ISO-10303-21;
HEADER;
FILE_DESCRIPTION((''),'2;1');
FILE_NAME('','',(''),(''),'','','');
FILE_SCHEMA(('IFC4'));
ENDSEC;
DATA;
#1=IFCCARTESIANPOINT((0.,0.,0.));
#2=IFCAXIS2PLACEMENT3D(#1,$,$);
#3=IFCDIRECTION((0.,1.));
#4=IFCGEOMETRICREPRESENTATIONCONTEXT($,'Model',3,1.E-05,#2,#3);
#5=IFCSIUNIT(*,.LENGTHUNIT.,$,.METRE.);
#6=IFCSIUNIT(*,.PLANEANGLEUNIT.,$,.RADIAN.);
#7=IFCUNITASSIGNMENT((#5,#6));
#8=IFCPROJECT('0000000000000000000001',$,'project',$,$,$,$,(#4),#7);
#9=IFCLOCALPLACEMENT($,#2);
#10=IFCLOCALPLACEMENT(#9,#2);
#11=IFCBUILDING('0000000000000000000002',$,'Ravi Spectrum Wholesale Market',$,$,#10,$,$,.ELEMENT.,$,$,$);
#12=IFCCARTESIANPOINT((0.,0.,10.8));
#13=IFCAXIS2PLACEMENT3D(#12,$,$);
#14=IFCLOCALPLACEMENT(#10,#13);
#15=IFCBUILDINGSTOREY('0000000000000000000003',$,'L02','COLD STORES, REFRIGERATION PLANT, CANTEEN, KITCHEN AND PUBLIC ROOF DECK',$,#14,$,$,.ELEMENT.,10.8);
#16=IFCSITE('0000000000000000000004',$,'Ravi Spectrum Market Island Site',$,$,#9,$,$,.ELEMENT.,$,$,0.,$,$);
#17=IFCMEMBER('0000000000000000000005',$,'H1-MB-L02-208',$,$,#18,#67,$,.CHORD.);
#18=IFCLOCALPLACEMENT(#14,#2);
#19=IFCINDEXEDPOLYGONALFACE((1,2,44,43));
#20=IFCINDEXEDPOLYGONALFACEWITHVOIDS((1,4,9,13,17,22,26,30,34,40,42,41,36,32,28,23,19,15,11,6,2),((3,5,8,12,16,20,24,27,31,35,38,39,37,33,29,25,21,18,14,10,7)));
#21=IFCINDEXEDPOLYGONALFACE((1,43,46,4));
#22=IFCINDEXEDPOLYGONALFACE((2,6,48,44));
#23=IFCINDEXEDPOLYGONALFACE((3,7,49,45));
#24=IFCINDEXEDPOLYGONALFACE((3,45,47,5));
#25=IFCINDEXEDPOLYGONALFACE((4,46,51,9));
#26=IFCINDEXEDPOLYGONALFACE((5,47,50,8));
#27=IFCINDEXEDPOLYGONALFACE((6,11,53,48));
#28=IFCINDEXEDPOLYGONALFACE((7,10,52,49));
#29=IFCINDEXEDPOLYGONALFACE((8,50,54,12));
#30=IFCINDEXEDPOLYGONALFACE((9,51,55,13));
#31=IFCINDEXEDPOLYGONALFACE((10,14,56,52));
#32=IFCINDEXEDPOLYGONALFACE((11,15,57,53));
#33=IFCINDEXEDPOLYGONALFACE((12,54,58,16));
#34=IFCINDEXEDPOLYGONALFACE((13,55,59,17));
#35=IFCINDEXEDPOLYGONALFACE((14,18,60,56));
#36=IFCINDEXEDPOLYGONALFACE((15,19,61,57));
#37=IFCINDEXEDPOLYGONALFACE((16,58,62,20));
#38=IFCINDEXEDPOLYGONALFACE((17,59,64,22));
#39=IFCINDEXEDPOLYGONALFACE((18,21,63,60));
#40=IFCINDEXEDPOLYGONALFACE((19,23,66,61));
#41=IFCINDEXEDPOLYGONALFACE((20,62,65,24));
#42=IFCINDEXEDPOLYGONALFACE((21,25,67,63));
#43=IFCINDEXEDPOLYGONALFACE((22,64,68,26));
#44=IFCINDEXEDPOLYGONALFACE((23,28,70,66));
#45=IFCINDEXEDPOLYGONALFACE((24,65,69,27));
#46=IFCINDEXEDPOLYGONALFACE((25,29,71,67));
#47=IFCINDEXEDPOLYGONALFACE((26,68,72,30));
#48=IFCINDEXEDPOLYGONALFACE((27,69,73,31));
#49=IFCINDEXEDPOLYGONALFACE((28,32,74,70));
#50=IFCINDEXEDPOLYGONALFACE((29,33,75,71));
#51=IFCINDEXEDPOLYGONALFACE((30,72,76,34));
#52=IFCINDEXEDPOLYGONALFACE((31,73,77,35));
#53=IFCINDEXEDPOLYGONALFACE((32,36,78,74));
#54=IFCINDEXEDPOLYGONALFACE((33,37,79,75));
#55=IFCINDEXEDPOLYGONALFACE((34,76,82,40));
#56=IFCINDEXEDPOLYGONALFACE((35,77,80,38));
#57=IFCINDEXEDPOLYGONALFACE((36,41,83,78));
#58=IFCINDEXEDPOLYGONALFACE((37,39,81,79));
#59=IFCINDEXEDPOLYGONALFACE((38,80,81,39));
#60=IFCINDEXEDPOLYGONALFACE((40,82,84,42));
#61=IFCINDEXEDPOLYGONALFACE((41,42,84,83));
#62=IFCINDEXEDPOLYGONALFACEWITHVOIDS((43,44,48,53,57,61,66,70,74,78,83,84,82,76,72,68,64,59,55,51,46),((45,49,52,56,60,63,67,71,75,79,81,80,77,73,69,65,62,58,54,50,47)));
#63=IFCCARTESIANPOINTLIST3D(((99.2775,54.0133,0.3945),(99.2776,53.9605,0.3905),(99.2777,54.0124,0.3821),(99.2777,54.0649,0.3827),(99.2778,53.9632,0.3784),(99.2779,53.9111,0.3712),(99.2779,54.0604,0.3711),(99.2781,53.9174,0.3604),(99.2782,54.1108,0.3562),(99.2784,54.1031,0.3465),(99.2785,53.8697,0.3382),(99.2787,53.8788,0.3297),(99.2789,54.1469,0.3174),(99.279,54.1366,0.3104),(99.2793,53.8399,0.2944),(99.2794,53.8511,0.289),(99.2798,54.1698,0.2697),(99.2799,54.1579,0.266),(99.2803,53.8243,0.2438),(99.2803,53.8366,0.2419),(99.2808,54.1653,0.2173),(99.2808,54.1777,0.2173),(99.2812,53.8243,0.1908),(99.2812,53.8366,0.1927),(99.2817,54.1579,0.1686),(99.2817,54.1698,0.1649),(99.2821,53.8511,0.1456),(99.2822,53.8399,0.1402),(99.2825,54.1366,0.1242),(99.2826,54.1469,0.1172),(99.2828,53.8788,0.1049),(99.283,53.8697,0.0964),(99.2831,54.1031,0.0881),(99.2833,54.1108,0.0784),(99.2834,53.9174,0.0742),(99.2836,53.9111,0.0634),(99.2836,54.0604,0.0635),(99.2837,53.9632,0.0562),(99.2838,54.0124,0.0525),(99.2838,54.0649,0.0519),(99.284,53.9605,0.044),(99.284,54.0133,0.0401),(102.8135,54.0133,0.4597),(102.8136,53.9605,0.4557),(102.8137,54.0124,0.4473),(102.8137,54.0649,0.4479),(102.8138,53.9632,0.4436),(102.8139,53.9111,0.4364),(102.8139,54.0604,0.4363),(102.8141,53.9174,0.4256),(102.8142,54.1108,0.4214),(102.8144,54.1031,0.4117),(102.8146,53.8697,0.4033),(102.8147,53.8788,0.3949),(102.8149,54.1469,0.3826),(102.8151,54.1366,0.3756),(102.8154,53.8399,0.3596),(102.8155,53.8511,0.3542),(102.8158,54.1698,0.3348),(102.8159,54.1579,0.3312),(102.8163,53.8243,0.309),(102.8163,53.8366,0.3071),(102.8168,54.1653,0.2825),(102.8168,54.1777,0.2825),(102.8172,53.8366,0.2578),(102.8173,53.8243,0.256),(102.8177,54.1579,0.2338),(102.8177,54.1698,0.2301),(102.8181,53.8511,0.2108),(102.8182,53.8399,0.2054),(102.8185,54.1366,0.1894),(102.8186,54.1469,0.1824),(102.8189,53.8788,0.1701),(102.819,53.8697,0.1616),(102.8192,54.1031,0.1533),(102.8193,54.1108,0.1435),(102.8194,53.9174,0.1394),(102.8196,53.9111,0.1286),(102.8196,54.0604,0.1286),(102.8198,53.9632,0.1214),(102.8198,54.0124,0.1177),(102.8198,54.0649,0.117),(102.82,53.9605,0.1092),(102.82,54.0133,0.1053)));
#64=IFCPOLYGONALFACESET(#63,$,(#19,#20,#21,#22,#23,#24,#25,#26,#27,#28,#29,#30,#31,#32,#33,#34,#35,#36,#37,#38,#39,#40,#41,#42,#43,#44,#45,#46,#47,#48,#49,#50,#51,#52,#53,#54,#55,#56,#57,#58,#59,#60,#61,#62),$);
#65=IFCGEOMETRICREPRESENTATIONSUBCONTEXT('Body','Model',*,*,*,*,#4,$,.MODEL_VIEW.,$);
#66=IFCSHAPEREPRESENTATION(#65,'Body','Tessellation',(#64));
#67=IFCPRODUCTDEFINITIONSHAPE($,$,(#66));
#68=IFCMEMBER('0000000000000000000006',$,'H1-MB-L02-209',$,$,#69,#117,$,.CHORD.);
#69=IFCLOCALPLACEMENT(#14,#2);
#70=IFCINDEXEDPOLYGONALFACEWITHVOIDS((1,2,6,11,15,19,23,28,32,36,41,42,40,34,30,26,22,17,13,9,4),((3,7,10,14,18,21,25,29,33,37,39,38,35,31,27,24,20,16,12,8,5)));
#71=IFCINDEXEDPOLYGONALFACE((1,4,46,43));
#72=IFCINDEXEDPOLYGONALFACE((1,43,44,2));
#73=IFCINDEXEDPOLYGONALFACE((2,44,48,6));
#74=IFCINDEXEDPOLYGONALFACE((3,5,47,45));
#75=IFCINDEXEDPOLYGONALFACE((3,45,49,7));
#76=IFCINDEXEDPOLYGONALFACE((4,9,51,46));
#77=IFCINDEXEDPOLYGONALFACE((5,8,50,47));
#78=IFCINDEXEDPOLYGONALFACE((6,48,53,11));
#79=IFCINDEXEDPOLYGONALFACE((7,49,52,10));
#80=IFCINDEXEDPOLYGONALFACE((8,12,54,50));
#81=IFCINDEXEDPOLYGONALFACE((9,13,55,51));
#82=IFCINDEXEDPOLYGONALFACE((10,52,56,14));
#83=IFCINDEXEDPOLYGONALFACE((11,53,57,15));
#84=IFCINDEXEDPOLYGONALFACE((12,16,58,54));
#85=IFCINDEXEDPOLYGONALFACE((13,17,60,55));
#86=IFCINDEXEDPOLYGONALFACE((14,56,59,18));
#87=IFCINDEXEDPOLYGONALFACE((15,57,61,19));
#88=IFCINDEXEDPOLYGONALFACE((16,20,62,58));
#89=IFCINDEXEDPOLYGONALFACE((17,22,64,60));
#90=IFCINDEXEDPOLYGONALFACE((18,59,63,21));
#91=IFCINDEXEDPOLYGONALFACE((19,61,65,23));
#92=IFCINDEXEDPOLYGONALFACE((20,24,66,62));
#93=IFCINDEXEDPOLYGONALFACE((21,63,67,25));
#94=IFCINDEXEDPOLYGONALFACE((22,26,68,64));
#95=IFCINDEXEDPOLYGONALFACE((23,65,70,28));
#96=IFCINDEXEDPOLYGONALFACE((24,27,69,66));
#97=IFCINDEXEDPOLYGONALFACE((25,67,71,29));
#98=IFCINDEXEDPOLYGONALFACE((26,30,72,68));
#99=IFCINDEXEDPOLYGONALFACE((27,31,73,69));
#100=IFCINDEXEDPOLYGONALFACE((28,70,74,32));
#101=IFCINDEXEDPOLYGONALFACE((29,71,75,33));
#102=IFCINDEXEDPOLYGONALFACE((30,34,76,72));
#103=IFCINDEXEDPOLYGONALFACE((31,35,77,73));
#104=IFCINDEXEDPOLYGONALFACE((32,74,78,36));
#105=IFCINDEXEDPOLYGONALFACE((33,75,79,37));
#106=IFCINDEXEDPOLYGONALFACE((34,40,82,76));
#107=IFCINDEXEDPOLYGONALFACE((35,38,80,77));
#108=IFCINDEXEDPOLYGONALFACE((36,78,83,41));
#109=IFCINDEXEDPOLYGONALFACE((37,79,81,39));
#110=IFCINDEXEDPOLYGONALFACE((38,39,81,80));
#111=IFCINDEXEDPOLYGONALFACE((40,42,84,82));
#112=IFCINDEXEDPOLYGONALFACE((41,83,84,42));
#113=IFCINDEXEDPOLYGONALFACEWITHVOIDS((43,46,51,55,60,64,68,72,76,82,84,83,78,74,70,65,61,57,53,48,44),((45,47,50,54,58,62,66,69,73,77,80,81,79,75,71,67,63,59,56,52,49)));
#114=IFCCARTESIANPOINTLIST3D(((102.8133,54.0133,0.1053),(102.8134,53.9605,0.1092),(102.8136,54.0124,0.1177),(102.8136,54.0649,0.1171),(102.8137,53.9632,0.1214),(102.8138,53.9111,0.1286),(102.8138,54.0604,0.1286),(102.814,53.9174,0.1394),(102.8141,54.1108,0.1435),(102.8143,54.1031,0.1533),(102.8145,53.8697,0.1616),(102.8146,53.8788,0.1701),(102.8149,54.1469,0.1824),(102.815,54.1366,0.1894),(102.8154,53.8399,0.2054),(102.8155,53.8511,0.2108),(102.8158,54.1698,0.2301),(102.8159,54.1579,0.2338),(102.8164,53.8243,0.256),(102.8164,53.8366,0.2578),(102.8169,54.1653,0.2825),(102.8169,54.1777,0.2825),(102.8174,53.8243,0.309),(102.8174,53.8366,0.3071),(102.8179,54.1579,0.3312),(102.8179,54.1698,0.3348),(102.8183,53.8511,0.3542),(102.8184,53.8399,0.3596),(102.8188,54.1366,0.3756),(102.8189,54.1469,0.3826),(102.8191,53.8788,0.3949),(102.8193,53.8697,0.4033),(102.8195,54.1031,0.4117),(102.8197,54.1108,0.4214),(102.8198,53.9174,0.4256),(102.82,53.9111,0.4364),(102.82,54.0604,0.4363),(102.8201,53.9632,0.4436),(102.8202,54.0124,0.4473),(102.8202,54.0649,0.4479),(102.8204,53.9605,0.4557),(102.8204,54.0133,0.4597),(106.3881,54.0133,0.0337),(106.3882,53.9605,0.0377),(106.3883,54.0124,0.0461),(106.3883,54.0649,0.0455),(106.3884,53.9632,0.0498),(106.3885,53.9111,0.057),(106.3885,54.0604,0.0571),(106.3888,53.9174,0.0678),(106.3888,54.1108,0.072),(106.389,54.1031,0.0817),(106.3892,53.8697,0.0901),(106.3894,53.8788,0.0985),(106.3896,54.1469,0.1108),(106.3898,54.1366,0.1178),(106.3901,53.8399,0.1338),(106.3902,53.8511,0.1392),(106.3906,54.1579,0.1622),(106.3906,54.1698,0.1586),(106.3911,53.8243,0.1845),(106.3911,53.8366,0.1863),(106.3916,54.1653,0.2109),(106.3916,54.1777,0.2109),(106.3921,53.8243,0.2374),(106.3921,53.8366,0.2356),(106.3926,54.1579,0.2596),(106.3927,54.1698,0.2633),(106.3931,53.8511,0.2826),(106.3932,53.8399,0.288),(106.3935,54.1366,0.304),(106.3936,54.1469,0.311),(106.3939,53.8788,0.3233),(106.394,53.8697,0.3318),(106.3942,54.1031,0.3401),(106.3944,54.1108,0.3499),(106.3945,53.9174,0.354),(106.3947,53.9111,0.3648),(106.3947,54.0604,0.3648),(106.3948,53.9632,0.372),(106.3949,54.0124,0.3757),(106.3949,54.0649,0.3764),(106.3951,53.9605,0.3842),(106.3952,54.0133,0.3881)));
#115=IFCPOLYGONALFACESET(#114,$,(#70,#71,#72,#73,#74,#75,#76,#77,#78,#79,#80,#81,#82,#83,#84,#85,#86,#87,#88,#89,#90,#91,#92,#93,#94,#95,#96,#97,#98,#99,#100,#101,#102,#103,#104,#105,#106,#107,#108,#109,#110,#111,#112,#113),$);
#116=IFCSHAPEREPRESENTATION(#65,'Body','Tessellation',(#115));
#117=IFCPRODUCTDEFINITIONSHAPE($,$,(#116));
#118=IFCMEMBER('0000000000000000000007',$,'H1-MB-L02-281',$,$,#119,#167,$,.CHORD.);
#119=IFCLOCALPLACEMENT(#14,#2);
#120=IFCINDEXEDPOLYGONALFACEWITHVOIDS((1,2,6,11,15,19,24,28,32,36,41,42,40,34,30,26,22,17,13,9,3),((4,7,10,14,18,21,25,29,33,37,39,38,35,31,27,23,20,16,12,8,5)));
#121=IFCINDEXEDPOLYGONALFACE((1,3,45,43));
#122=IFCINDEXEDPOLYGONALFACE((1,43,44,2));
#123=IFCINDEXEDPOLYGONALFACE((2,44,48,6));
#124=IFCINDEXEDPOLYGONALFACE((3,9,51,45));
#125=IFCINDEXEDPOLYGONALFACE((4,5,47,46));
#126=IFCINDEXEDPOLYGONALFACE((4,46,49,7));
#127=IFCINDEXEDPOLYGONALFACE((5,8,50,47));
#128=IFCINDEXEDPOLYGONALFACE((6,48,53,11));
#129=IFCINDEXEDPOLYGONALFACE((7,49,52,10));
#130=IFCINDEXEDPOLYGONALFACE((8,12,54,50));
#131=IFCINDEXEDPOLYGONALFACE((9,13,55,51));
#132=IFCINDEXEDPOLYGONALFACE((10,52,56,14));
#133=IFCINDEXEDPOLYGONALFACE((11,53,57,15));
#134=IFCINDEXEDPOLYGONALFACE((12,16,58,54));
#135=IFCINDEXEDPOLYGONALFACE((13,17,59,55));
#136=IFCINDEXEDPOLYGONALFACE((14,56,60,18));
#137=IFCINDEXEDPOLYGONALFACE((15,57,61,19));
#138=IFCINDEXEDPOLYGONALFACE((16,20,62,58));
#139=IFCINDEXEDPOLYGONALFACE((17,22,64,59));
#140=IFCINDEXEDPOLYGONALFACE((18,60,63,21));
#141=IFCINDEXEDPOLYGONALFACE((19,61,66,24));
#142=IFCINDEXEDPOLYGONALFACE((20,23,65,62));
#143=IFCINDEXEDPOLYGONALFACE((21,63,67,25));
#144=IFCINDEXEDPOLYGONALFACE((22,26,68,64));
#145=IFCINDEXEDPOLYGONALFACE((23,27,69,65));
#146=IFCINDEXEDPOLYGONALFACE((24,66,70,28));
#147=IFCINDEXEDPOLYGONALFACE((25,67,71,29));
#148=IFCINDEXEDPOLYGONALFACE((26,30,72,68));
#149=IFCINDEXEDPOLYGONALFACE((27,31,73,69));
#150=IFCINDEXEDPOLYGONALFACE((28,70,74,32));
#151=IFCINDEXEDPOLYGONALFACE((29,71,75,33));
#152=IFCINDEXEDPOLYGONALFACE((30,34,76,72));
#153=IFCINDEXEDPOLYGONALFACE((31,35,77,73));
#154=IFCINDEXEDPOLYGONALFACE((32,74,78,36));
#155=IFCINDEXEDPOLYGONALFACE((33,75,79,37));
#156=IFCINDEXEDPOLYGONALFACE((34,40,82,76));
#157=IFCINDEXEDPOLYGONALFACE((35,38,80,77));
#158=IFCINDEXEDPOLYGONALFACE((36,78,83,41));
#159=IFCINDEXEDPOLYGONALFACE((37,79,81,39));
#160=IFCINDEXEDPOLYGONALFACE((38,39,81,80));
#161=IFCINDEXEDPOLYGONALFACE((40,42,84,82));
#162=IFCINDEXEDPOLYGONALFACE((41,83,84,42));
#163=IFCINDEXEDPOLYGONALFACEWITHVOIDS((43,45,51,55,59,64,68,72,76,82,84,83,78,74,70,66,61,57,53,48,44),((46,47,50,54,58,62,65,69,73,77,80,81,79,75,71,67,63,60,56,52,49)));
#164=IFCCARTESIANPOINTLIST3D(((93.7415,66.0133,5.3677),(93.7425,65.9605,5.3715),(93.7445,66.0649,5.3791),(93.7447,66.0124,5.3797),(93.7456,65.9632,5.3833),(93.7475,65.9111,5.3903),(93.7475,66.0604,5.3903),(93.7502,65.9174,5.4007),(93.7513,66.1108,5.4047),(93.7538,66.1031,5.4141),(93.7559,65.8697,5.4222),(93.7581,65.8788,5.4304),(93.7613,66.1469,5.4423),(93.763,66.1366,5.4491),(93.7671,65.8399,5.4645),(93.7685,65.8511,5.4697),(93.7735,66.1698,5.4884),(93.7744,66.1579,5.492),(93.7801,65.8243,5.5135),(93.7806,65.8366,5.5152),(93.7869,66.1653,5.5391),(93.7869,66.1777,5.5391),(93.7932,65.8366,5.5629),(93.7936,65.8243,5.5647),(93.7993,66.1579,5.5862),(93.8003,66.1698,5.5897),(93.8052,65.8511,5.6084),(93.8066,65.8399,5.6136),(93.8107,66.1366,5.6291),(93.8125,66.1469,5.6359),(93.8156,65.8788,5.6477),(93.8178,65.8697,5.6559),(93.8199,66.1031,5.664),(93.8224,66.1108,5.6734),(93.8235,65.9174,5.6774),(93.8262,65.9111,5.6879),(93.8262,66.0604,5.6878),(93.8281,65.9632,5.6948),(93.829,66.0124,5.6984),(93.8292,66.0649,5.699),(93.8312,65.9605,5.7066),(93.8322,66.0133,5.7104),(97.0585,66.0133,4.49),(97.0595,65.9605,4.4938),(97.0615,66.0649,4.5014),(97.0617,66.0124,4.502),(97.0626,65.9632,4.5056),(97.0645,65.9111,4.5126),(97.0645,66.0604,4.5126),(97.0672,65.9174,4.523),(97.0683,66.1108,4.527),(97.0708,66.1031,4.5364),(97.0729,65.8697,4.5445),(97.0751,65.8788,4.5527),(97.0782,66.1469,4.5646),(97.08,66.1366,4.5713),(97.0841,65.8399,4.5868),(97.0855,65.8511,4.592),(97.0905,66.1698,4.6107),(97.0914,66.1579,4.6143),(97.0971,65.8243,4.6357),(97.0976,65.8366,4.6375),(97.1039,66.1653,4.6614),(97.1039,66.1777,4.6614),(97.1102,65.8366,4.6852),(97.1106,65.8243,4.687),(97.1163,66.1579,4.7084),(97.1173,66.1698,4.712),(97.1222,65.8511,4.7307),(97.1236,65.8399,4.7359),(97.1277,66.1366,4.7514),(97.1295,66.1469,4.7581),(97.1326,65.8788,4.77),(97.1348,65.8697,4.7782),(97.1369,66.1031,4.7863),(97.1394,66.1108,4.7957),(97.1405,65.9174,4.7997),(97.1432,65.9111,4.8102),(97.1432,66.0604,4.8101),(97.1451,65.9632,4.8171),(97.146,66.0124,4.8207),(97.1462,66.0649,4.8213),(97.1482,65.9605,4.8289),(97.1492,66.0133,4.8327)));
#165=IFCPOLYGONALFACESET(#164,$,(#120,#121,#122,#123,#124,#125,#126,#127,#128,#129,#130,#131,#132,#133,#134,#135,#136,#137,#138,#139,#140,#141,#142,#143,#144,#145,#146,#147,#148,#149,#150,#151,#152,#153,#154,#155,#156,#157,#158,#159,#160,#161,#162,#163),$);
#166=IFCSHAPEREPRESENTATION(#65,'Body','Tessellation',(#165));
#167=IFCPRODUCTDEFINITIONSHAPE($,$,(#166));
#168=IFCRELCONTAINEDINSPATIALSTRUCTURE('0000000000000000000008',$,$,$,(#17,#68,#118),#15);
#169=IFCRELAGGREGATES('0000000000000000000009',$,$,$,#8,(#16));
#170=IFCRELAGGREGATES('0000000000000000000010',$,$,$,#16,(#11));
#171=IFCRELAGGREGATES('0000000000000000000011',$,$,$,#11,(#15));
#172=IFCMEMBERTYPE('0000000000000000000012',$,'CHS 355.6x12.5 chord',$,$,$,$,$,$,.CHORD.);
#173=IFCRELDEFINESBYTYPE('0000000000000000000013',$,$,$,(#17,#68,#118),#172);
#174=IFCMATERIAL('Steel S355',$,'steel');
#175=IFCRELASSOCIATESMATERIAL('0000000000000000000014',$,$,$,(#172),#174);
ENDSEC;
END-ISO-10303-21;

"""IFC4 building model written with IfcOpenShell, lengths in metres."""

from ifc_helpers import new_model, si_unit, direction, frame, origin, origin_2d, place, context, subcontext, project, spatial, hollow_circle, extrude, material, material_profile, profile_set, type_object, element, save


model = new_model("IFC4")

# Units and contexts
model_context = context("Model", 3, precision=1e-05, world=origin(), true_north=direction((0.0, 1.0)))
body_context = subcontext(model_context, "Body", "Model", "MODEL_VIEW")
ifc_project = project(units=[si_unit("LENGTHUNIT", "METRE"), si_unit("PLANEANGLEUNIT", "RADIAN")], contexts=[model_context])

# Site, building, storey
site_placement = place(None, origin())
site = spatial("IfcSite", under=ifc_project, at=site_placement, Name="Ravi Spectrum Market Island Site", CompositionType="ELEMENT", RefElevation=0.0)
building_placement = place(site_placement, origin())
building = spatial("IfcBuilding", under=site, at=building_placement, Name="Ravi Spectrum Wholesale Market", CompositionType="ELEMENT")
storey_placement = place(building_placement, frame((0.0, 0.0, 10.8)))
storey = spatial("IfcBuildingStorey", under=building, at=storey_placement, Name="L02", Description="COLD STORES, REFRIGERATION PLANT, CANTEEN, KITCHEN AND PUBLIC ROOF DECK", CompositionType="ELEMENT", Elevation=10.8)

# Members
ifc_material_1 = material(Name="Steel S355", Category="steel")
ifc_material_profile_1 = material_profile(ifc_material_1, hollow_circle(Radius=0.1777, WallThickness=0.0125, at=origin_2d()))
ifc_profile_set_1 = profile_set([ifc_material_profile_1], Name="Steel S355")
member_type_1 = type_object("IfcMemberType", Name="CHS 355.6x12.5 chord", PredefinedType="CHORD", material=ifc_profile_set_1)
member_1_placement = place(storey_placement, frame((99.2808, 54.0, 0.2173), z_axis=(0.99983, 0.0, 0.018431), x_axis=(0.0, 1.0, 0.0)))
element("IfcMember", 1, at=member_1_placement, inside=storey, type_object=member_type_1, Name="H1-MB-L02-208", PredefinedType="CHORD", context=body_context, shape_type="SweptSolid", body=[
    extrude(hollow_circle(Radius=0.1777, WallThickness=0.0125, at=origin_2d()), origin(), (0.0, 0.0, 1.0), 3.5366),
])
member_2_placement = place(storey_placement, frame((102.8169, 54.0, 0.2825), z_axis=(0.9998, 0.0, -0.020007), x_axis=(0.0, 1.0, 0.0)))
element("IfcMember", 2, at=member_2_placement, inside=storey, type_object=member_type_1, Name="H1-MB-L02-209", PredefinedType="CHORD", context=body_context, shape_type="SweptSolid", body=[
    extrude(hollow_circle(Radius=0.1777, WallThickness=0.0125, at=origin_2d()), origin(), (0.0, 0.0, 1.0), 3.5754),
])
for number, where, z_axis, x_axis, name in (
    (3, (93.7869, 66.0, 5.5391), (0.966728, 0.0, -0.255807), (0.0, 1.0, 0.0), "H1-MB-L02-281"),
):
    element("IfcMember", number, at=place(storey_placement, frame(where, z_axis=z_axis, x_axis=x_axis)), inside=storey, type_object=member_type_1, Name=name, PredefinedType="CHORD", context=body_context, shape_type="SweptSolid", body=[
        extrude(hollow_circle(Radius=0.1777, WallThickness=0.0125, at=origin_2d()), origin(), (0.0, 0.0, 1.0), 3.4312),
    ])

save(model, "model.ifc")
